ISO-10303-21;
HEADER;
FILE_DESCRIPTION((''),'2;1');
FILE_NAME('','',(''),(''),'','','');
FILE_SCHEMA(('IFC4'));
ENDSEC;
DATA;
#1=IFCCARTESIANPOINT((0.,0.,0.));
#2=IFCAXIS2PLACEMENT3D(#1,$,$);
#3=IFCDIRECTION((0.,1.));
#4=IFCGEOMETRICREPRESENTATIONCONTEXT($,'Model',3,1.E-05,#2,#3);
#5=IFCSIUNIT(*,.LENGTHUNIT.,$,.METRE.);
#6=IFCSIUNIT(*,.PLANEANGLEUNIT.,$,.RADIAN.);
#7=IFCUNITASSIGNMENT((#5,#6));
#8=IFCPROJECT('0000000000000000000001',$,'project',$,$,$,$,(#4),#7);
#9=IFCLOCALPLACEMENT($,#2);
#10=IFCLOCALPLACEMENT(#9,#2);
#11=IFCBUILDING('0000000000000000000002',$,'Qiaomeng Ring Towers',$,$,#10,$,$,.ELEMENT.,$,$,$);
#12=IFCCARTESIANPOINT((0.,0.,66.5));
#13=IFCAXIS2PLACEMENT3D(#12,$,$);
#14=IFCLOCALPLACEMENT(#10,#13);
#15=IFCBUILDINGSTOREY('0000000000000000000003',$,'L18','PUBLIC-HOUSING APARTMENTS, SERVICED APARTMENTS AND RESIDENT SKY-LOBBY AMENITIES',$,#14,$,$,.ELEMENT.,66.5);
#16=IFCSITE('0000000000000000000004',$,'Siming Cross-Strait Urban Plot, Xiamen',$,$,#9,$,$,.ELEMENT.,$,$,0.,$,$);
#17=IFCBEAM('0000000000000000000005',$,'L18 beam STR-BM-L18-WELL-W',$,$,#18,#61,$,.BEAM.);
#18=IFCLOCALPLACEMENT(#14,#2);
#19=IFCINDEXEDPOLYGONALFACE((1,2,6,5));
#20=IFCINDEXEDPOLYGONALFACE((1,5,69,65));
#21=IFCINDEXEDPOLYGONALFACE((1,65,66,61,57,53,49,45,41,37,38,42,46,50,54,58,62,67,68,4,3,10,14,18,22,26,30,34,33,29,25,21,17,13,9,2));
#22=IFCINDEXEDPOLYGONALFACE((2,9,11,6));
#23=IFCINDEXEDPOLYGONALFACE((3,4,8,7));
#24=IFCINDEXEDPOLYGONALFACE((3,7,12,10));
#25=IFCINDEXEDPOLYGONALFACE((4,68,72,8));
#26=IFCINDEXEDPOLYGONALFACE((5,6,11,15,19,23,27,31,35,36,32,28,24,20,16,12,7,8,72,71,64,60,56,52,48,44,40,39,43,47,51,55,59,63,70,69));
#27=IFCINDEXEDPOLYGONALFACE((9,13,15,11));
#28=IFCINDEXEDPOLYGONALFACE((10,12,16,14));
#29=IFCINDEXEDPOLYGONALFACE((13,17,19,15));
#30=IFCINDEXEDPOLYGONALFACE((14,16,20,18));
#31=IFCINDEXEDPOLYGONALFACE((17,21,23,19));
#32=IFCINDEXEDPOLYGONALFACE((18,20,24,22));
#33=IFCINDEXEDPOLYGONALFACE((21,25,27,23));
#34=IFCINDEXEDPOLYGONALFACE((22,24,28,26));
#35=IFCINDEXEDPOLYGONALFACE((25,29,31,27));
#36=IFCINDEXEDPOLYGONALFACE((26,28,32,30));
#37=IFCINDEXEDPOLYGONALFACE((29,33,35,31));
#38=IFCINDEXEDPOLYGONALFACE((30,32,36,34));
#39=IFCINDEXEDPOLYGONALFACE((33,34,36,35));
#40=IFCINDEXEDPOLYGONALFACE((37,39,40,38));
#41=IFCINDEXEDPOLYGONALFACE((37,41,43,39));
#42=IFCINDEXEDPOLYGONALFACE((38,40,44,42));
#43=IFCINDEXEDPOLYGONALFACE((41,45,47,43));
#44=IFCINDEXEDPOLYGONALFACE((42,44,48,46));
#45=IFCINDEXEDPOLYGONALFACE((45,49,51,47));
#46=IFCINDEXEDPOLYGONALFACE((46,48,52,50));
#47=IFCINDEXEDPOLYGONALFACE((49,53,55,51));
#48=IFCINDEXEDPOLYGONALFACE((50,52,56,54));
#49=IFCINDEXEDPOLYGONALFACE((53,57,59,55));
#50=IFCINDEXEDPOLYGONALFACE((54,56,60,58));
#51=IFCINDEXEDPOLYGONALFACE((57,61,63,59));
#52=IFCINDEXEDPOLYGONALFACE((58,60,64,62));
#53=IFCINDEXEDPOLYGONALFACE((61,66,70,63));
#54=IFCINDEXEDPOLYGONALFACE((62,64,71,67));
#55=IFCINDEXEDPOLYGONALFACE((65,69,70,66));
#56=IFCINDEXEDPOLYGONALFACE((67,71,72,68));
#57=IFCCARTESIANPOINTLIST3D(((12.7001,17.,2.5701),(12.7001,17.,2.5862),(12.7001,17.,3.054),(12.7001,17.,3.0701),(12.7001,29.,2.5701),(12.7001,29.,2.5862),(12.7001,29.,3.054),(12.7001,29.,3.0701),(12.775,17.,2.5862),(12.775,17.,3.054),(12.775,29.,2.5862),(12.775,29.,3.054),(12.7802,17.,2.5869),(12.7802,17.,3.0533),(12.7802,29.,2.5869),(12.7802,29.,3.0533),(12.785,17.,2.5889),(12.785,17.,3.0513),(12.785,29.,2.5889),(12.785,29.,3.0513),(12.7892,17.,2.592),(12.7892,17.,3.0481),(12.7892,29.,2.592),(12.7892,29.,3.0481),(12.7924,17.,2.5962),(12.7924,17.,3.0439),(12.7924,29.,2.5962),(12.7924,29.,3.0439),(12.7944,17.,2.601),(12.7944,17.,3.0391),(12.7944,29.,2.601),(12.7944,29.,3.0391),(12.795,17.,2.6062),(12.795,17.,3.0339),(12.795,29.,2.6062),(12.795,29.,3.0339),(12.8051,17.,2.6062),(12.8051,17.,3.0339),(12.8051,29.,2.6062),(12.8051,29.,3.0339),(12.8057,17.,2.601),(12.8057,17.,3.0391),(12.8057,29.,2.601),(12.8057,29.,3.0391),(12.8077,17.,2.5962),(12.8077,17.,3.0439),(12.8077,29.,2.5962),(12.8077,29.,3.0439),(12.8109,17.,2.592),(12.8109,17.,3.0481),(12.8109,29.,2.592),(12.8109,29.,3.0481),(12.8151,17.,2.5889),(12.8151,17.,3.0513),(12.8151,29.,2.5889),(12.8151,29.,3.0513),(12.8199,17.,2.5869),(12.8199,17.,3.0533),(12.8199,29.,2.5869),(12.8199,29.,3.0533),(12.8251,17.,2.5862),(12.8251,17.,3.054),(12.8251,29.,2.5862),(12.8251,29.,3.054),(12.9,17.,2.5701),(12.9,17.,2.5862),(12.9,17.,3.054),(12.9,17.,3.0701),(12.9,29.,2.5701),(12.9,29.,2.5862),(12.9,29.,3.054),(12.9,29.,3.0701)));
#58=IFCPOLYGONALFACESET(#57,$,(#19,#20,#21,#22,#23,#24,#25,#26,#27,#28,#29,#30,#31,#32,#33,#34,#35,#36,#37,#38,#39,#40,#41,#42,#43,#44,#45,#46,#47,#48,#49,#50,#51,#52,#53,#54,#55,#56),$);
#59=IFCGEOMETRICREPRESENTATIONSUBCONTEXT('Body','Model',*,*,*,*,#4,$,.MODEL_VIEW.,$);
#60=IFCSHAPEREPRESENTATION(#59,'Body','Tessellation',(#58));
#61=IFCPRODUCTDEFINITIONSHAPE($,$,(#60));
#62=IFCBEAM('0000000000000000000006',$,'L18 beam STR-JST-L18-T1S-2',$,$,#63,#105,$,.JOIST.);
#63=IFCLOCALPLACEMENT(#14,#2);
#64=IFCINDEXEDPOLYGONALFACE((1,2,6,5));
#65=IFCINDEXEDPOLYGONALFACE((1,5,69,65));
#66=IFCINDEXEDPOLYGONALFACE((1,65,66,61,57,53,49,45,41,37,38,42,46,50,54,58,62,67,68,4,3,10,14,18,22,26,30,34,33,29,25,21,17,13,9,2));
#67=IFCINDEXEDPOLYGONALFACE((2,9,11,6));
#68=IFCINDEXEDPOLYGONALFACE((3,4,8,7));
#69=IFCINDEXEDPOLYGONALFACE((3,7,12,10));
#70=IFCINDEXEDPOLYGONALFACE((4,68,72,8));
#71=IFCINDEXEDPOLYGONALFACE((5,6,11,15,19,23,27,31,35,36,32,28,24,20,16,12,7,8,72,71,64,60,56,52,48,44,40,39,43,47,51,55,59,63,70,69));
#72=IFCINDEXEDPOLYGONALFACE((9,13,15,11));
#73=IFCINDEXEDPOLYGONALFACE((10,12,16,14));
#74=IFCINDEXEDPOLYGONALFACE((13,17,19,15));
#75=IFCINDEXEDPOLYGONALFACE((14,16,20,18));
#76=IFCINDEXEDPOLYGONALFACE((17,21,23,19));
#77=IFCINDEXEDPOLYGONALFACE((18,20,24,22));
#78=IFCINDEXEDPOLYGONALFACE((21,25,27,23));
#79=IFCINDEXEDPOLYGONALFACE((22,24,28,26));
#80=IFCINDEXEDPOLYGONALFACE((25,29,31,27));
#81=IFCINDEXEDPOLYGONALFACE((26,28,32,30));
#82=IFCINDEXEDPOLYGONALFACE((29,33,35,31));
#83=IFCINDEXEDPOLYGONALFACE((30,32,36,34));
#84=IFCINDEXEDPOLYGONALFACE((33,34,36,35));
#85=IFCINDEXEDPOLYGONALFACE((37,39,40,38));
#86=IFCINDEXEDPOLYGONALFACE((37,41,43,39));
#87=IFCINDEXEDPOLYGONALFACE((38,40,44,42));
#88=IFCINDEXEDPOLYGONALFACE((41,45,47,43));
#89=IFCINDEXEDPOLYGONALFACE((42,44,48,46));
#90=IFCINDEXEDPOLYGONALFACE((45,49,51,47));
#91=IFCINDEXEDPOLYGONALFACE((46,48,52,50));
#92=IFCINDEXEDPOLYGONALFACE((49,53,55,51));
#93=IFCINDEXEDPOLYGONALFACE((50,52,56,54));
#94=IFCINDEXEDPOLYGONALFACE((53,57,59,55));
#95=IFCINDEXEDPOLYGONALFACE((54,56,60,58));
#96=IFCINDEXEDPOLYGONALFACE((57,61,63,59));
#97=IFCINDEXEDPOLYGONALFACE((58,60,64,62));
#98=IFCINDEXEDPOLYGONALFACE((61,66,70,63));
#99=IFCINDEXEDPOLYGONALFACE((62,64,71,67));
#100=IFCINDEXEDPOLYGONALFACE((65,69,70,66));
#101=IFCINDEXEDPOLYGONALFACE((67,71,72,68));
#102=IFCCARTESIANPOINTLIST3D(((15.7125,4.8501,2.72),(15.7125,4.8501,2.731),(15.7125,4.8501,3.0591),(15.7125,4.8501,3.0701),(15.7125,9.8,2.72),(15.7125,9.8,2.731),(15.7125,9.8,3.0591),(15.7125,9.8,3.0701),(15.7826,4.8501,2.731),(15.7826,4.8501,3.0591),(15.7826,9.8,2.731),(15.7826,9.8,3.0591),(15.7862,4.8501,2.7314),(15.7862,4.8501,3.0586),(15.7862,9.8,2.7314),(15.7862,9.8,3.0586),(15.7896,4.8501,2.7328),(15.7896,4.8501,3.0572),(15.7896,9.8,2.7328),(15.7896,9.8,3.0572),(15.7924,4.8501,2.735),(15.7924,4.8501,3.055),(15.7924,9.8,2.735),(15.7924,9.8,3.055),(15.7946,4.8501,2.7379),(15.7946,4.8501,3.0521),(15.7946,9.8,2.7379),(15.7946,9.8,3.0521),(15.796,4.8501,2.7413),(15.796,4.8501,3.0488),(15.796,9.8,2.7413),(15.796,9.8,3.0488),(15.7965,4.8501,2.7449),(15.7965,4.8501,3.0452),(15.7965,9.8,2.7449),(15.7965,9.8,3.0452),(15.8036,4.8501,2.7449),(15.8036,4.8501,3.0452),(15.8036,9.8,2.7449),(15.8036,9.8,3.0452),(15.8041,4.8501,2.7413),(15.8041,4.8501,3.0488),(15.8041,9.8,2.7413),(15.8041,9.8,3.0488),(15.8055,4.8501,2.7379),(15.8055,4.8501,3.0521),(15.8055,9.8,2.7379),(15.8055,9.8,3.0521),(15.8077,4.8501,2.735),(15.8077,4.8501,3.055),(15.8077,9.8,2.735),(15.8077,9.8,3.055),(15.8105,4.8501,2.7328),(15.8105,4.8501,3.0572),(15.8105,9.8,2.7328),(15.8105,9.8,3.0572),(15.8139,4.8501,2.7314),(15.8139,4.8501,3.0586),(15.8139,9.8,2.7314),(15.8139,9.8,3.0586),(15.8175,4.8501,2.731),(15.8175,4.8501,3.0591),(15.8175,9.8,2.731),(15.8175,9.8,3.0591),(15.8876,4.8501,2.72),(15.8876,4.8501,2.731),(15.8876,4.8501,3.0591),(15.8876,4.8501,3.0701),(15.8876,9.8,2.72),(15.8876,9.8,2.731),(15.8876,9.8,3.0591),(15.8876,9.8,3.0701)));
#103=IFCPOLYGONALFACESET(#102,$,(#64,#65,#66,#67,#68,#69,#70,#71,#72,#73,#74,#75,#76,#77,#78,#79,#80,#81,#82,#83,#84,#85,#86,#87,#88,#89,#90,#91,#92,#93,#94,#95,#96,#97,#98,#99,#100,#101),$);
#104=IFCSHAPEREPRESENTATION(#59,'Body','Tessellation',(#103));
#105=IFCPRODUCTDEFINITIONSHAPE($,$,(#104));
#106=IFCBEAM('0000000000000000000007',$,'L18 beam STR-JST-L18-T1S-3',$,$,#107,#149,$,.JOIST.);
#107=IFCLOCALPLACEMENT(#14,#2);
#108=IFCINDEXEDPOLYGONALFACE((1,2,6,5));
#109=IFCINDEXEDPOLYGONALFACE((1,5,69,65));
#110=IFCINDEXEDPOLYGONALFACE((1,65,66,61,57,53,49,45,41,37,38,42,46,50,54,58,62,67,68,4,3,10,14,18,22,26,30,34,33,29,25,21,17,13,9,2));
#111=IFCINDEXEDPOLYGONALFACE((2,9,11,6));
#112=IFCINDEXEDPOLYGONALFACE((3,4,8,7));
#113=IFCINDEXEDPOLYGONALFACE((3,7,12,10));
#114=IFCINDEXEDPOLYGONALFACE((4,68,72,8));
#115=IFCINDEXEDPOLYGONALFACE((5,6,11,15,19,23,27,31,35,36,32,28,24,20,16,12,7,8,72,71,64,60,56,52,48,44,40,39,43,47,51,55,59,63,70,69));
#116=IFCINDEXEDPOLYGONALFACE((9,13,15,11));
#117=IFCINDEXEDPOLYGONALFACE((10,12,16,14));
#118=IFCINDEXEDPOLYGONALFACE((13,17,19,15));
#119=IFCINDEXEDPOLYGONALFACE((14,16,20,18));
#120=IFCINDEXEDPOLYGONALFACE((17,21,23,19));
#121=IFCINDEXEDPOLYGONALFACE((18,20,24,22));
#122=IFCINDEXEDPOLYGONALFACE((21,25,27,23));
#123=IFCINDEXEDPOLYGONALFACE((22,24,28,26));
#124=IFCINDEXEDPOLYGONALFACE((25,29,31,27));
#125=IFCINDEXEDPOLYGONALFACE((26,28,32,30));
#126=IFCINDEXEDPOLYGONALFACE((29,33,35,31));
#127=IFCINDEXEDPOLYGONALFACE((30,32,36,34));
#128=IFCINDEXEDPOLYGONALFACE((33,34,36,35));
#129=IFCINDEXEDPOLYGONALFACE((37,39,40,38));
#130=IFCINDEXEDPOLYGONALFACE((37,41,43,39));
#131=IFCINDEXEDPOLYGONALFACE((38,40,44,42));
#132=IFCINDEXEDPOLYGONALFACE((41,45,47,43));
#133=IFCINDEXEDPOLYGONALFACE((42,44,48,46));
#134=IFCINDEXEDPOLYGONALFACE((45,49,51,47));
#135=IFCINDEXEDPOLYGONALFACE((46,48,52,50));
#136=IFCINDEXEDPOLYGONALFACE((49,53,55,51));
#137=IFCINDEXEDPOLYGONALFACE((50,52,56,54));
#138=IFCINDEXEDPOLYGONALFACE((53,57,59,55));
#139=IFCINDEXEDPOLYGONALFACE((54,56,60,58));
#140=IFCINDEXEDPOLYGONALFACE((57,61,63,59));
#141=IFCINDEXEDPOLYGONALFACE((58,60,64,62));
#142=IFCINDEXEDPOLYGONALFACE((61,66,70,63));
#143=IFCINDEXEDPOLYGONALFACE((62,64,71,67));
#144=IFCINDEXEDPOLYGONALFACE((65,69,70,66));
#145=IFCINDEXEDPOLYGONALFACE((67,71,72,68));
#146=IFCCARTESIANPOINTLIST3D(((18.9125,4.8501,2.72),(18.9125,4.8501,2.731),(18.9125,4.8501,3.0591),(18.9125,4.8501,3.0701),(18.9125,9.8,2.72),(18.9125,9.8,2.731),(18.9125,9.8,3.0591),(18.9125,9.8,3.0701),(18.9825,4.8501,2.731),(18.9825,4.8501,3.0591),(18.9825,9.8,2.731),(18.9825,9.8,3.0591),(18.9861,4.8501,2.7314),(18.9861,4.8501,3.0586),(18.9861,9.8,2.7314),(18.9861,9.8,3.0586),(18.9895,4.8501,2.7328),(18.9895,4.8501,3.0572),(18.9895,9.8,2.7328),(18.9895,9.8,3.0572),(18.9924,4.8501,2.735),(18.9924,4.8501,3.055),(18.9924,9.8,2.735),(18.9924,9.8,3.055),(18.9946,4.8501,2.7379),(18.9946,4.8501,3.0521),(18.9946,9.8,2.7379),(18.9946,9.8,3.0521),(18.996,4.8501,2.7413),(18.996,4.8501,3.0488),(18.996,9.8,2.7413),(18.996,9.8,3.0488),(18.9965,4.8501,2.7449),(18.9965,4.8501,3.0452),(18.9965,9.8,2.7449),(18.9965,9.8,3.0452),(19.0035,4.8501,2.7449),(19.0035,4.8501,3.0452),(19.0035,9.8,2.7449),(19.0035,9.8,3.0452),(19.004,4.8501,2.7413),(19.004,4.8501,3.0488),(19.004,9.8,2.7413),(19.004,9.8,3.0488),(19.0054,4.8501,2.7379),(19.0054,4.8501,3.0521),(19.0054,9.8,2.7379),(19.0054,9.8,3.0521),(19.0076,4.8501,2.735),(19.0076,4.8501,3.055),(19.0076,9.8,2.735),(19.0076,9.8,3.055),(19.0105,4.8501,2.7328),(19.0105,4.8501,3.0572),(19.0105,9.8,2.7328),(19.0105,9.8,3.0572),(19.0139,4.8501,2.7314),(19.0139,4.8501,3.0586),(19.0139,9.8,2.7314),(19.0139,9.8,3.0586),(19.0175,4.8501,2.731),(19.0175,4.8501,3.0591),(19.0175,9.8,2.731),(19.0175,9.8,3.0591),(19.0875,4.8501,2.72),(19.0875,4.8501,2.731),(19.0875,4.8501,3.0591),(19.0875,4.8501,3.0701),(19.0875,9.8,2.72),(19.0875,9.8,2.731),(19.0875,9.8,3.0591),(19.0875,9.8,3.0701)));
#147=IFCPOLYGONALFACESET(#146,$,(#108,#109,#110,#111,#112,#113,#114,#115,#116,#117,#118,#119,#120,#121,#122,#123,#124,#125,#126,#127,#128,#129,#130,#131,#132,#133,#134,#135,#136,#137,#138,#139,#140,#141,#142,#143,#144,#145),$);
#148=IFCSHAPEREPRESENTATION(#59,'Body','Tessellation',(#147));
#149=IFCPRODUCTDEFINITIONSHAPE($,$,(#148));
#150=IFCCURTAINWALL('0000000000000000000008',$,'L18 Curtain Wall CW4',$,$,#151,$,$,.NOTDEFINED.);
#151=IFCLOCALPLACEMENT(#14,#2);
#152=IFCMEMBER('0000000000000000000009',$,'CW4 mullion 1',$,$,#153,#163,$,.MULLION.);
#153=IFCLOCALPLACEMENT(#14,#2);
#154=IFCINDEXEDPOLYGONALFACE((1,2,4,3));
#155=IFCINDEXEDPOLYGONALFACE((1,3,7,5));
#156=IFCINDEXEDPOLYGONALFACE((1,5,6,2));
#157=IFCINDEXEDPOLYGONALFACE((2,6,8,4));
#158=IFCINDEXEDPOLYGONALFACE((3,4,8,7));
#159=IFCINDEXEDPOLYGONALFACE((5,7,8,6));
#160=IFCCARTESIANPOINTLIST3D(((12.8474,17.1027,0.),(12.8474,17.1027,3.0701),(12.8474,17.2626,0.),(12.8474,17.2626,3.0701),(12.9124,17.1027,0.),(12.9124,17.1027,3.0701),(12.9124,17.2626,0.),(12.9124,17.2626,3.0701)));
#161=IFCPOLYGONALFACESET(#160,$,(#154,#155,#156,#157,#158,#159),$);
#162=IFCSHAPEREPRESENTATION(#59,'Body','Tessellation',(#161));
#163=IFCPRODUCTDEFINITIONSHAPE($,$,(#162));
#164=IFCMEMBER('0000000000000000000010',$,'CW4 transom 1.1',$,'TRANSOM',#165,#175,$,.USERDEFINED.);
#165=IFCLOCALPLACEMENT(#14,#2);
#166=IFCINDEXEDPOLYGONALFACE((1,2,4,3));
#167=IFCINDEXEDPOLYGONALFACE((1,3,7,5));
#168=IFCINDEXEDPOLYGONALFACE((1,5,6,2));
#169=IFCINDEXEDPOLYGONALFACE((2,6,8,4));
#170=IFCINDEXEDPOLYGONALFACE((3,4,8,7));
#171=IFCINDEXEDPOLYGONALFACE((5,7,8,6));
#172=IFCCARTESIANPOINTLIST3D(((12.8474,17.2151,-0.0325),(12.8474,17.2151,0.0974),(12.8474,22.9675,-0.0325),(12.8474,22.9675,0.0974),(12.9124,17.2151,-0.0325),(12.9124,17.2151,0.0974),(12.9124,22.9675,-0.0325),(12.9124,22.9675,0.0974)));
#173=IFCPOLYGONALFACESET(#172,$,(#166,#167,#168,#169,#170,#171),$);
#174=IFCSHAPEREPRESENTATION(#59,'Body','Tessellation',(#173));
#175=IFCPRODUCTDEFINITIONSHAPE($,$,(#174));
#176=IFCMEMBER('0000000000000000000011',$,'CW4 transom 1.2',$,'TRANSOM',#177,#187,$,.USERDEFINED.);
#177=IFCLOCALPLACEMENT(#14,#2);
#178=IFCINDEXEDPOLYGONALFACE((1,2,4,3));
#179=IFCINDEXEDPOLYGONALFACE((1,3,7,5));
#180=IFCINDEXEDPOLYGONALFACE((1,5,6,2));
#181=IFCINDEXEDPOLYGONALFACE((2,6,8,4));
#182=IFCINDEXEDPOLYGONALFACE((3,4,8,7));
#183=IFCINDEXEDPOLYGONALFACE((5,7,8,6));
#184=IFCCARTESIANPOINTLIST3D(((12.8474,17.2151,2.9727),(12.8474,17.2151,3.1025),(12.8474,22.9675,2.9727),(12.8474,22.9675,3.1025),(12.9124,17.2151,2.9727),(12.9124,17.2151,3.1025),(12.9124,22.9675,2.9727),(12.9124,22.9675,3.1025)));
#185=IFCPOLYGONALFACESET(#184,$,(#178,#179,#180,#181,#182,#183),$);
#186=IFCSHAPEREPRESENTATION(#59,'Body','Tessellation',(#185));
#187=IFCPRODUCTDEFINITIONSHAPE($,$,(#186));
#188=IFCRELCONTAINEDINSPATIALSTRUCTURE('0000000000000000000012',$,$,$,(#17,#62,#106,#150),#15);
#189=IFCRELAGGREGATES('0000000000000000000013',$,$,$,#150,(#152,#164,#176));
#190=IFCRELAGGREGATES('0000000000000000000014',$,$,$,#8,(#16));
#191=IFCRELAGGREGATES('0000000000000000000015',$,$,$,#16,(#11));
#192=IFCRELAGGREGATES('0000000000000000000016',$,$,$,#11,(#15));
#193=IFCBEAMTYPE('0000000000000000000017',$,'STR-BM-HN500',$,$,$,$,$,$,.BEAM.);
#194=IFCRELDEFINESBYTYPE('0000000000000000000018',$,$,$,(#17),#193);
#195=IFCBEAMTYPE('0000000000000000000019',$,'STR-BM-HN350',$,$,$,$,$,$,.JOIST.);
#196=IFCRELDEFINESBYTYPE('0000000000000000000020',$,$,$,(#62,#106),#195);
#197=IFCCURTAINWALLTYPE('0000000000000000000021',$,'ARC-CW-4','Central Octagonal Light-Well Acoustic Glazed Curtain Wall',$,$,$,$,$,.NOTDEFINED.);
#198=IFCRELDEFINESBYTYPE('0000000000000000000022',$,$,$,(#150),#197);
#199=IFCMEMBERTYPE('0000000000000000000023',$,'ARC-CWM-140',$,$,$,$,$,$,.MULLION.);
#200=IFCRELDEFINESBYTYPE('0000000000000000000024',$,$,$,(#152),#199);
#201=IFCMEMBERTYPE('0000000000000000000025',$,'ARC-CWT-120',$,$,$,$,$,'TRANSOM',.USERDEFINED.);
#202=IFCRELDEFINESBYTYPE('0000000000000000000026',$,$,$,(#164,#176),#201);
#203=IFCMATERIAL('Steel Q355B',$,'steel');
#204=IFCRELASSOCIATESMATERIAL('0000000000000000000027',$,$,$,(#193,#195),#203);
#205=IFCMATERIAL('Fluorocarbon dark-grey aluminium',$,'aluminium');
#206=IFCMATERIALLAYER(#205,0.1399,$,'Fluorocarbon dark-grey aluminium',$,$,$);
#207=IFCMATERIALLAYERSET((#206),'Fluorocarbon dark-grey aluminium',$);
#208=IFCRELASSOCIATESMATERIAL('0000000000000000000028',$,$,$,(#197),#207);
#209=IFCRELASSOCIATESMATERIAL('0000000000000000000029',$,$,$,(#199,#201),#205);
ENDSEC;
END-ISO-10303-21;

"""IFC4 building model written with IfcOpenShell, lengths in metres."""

from ifc_helpers import new_model, si_unit, direction, frame, origin, origin_2d, place, context, subcontext, project, spatial, rectangle, i_section, extrude, source, transform, mapped, material, layer, layer_set, material_profile, profile_set, type_object, element, aggregate, save


model = new_model("IFC4")

# Units and contexts
model_context = context("Model", 3, precision=1e-05, world=origin(), true_north=direction((0.0, 1.0)))
body_context = subcontext(model_context, "Body", "Model", "MODEL_VIEW")
ifc_project = project(units=[si_unit("LENGTHUNIT", "METRE"), si_unit("PLANEANGLEUNIT", "RADIAN")], contexts=[model_context])

# Site, building, storey
site_placement = place(None, origin())
site = spatial("IfcSite", under=ifc_project, at=site_placement, Name="Siming Cross-Strait Urban Plot, Xiamen", CompositionType="ELEMENT", RefElevation=0.0)
building_placement = place(site_placement, origin())
building = spatial("IfcBuilding", under=site, at=building_placement, Name="Qiaomeng Ring Towers", CompositionType="ELEMENT")
storey_placement = place(building_placement, frame((0.0, 0.0, 66.5)))
storey = spatial("IfcBuildingStorey", under=building, at=storey_placement, Name="L18", Description="PUBLIC-HOUSING APARTMENTS, SERVICED APARTMENTS AND RESIDENT SKY-LOBBY AMENITIES", CompositionType="ELEMENT", Elevation=66.5)

# Beams
ifc_material_1 = material(Name="Steel Q355B", Category="steel")
ifc_material_profile_1 = material_profile(ifc_material_1, i_section(OverallWidth=0.2, OverallDepth=0.5, WebThickness=0.01, FlangeThickness=0.0161, FilletRadius=0.02, at=origin_2d()), Name="HN 500x200x10x16")
ifc_profile_set_1 = profile_set([ifc_material_profile_1], Name="Steel Q355B")
beam_type_1 = type_object("IfcBeamType", Name="STR-BM-HN500", PredefinedType="BEAM", material=ifc_profile_set_1)
shared_shape_1 = source(origin(), body_context, "Body", "SweptSolid", [
    extrude(i_section(OverallWidth=0.2, OverallDepth=0.5, WebThickness=0.01, FlangeThickness=0.0161, FilletRadius=0.02, at=origin_2d()), origin(), (0.0, 0.0, 1.0), 12.0),
])
beam_placement = place(storey_placement, frame((12.8, 17.0, 2.8201), z_axis=(0.0, 1.0, 0.0), x_axis=(-1.0, 0.0, 0.0)))
element("IfcBeam", 1, at=beam_placement, inside=storey, type_object=beam_type_1, Name="L18 beam STR-BM-L18-WELL-W", PredefinedType="BEAM", context=body_context, shape_type="MappedRepresentation", body=[
    mapped(shared_shape_1, transform((0.0, 0.0, 0.0), x_axis=(1.0, 0.0, 0.0), y_axis=(0.0, 1.0, 0.0), z_axis=(0.0, 0.0, 1.0), scale=1.0)),
])
ifc_material_profile_2 = material_profile(ifc_material_1, i_section(OverallWidth=0.175, OverallDepth=0.3501, WebThickness=0.0071, FlangeThickness=0.011, FilletRadius=0.0139, at=origin_2d()), Name="HN 350x175x7x11")
ifc_profile_set_2 = profile_set([ifc_material_profile_2], Name="Steel Q355B")
beam_type_2 = type_object("IfcBeamType", Name="STR-BM-HN350", PredefinedType="JOIST", material=ifc_profile_set_2)
shared_shape_2 = source(origin(), body_context, "Body", "SweptSolid", [
    extrude(i_section(OverallWidth=0.175, OverallDepth=0.3501, WebThickness=0.0071, FlangeThickness=0.011, FilletRadius=0.0139, at=origin_2d()), origin(), (0.0, 0.0, 1.0), 4.95),
])
for number, where, z_axis, x_axis, name in (
    (2, (15.8, 4.8501, 2.895), (0.0, 1.0, 0.0), (-1.0, 0.0, 0.0), "L18 beam STR-JST-L18-T1S-2"),
    (3, (19.0, 4.8501, 2.895), (0.0, 1.0, 0.0), (-1.0, 0.0, 0.0), "L18 beam STR-JST-L18-T1S-3"),
):
    element("IfcBeam", number, at=place(storey_placement, frame(where, z_axis=z_axis, x_axis=x_axis)), inside=storey, type_object=beam_type_2, Name=name, PredefinedType="JOIST", context=body_context, shape_type="MappedRepresentation", body=[
        mapped(shared_shape_2, transform((0.0, 0.0, 0.0), x_axis=(1.0, 0.0, 0.0), y_axis=(0.0, 1.0, 0.0), z_axis=(0.0, 0.0, 1.0), scale=1.0)),
    ])

# Curtain wall, members
ifc_material_2 = material(Name="Fluorocarbon dark-grey aluminium", Category="aluminium")
ifc_layer_1 = layer(ifc_material_2, 0.1399, Name="Fluorocarbon dark-grey aluminium")
ifc_layer_set_1 = layer_set([ifc_layer_1], Name="Fluorocarbon dark-grey aluminium")
curtain_wall_type = type_object("IfcCurtainWallType", Name="ARC-CW-4", Description="Central Octagonal Light-Well Acoustic Glazed Curtain Wall", PredefinedType="NOTDEFINED", material=ifc_layer_set_1)
curtain_wall_placement = place(storey_placement, origin())
curtain_wall = element("IfcCurtainWall", 4, at=curtain_wall_placement, inside=storey, type_object=curtain_wall_type, Name="L18 Curtain Wall CW4", PredefinedType="NOTDEFINED")
ifc_material_profile_3 = material_profile(ifc_material_2, rectangle(XDim=0.0649, YDim=0.1599, at=origin_2d()), Name="ALU MULL 65x160")
ifc_profile_set_3 = profile_set([ifc_material_profile_3], Name="Fluorocarbon dark-grey aluminium")
member_type_1 = type_object("IfcMemberType", Name="ARC-CWM-140", PredefinedType="MULLION", material=ifc_profile_set_3)
shared_shape_3 = source(origin(), body_context, "Body", "SweptSolid", [
    extrude(rectangle(XDim=0.0649, YDim=0.1599, at=origin_2d()), origin(), (0.0, 0.0, 1.0), 3.0701),
])
member_1_placement = place(storey_placement, frame((12.8799, 17.1826, 0.0), z_axis=(0.0, 0.0, 1.0), x_axis=(-1.0, 0.0, 0.0)))
member_1 = element("IfcMember", 5, at=member_1_placement, type_object=member_type_1, Name="CW4 mullion 1", PredefinedType="MULLION", context=body_context, shape_type="MappedRepresentation", body=[
    mapped(shared_shape_3, transform((0.0, 0.0, 0.0), x_axis=(1.0, 0.0, 0.0), y_axis=(0.0, 1.0, 0.0), z_axis=(0.0, 0.0, 1.0), scale=1.0)),
])
ifc_material_profile_4 = material_profile(ifc_material_2, rectangle(XDim=0.0649, YDim=0.1299, at=origin_2d()), Name="ALU TRAN 65x130")
ifc_profile_set_4 = profile_set([ifc_material_profile_4], Name="Fluorocarbon dark-grey aluminium")
member_type_2 = type_object("IfcMemberType", Name="ARC-CWT-120", ElementType="TRANSOM", PredefinedType="USERDEFINED", material=ifc_profile_set_4)
shared_shape_4 = source(origin(), body_context, "Body", "SweptSolid", [
    extrude(rectangle(XDim=0.0649, YDim=0.1299, at=origin_2d()), origin(), (0.0, 0.0, 1.0), 5.7524),
])
member_2_placement = place(storey_placement, frame((12.8799, 17.2151, 0.0325), z_axis=(0.0, 1.0, 0.0), x_axis=(-1.0, 0.0, 0.0)))
member_2 = element("IfcMember", 6, at=member_2_placement, type_object=member_type_2, Name="CW4 transom 1.1", ObjectType="TRANSOM", PredefinedType="USERDEFINED", context=body_context, shape_type="MappedRepresentation", body=[
    mapped(shared_shape_4, transform((0.0, 0.0, 0.0), x_axis=(1.0, 0.0, 0.0), y_axis=(0.0, 1.0, 0.0), z_axis=(0.0, 0.0, 1.0), scale=1.0)),
])
member_3_placement = place(storey_placement, frame((12.8799, 17.2151, 3.0376), z_axis=(0.0, 1.0, 0.0), x_axis=(-1.0, 0.0, 0.0)))
member_3 = element("IfcMember", 7, at=member_3_placement, type_object=member_type_2, Name="CW4 transom 1.2", ObjectType="TRANSOM", PredefinedType="USERDEFINED", context=body_context, shape_type="MappedRepresentation", body=[
    mapped(shared_shape_4, transform((0.0, 0.0, 0.0), x_axis=(1.0, 0.0, 0.0), y_axis=(0.0, 1.0, 0.0), z_axis=(0.0, 0.0, 1.0), scale=1.0)),
])
aggregate(curtain_wall, [member_1, member_2, member_3])

save(model, "model.ifc")
